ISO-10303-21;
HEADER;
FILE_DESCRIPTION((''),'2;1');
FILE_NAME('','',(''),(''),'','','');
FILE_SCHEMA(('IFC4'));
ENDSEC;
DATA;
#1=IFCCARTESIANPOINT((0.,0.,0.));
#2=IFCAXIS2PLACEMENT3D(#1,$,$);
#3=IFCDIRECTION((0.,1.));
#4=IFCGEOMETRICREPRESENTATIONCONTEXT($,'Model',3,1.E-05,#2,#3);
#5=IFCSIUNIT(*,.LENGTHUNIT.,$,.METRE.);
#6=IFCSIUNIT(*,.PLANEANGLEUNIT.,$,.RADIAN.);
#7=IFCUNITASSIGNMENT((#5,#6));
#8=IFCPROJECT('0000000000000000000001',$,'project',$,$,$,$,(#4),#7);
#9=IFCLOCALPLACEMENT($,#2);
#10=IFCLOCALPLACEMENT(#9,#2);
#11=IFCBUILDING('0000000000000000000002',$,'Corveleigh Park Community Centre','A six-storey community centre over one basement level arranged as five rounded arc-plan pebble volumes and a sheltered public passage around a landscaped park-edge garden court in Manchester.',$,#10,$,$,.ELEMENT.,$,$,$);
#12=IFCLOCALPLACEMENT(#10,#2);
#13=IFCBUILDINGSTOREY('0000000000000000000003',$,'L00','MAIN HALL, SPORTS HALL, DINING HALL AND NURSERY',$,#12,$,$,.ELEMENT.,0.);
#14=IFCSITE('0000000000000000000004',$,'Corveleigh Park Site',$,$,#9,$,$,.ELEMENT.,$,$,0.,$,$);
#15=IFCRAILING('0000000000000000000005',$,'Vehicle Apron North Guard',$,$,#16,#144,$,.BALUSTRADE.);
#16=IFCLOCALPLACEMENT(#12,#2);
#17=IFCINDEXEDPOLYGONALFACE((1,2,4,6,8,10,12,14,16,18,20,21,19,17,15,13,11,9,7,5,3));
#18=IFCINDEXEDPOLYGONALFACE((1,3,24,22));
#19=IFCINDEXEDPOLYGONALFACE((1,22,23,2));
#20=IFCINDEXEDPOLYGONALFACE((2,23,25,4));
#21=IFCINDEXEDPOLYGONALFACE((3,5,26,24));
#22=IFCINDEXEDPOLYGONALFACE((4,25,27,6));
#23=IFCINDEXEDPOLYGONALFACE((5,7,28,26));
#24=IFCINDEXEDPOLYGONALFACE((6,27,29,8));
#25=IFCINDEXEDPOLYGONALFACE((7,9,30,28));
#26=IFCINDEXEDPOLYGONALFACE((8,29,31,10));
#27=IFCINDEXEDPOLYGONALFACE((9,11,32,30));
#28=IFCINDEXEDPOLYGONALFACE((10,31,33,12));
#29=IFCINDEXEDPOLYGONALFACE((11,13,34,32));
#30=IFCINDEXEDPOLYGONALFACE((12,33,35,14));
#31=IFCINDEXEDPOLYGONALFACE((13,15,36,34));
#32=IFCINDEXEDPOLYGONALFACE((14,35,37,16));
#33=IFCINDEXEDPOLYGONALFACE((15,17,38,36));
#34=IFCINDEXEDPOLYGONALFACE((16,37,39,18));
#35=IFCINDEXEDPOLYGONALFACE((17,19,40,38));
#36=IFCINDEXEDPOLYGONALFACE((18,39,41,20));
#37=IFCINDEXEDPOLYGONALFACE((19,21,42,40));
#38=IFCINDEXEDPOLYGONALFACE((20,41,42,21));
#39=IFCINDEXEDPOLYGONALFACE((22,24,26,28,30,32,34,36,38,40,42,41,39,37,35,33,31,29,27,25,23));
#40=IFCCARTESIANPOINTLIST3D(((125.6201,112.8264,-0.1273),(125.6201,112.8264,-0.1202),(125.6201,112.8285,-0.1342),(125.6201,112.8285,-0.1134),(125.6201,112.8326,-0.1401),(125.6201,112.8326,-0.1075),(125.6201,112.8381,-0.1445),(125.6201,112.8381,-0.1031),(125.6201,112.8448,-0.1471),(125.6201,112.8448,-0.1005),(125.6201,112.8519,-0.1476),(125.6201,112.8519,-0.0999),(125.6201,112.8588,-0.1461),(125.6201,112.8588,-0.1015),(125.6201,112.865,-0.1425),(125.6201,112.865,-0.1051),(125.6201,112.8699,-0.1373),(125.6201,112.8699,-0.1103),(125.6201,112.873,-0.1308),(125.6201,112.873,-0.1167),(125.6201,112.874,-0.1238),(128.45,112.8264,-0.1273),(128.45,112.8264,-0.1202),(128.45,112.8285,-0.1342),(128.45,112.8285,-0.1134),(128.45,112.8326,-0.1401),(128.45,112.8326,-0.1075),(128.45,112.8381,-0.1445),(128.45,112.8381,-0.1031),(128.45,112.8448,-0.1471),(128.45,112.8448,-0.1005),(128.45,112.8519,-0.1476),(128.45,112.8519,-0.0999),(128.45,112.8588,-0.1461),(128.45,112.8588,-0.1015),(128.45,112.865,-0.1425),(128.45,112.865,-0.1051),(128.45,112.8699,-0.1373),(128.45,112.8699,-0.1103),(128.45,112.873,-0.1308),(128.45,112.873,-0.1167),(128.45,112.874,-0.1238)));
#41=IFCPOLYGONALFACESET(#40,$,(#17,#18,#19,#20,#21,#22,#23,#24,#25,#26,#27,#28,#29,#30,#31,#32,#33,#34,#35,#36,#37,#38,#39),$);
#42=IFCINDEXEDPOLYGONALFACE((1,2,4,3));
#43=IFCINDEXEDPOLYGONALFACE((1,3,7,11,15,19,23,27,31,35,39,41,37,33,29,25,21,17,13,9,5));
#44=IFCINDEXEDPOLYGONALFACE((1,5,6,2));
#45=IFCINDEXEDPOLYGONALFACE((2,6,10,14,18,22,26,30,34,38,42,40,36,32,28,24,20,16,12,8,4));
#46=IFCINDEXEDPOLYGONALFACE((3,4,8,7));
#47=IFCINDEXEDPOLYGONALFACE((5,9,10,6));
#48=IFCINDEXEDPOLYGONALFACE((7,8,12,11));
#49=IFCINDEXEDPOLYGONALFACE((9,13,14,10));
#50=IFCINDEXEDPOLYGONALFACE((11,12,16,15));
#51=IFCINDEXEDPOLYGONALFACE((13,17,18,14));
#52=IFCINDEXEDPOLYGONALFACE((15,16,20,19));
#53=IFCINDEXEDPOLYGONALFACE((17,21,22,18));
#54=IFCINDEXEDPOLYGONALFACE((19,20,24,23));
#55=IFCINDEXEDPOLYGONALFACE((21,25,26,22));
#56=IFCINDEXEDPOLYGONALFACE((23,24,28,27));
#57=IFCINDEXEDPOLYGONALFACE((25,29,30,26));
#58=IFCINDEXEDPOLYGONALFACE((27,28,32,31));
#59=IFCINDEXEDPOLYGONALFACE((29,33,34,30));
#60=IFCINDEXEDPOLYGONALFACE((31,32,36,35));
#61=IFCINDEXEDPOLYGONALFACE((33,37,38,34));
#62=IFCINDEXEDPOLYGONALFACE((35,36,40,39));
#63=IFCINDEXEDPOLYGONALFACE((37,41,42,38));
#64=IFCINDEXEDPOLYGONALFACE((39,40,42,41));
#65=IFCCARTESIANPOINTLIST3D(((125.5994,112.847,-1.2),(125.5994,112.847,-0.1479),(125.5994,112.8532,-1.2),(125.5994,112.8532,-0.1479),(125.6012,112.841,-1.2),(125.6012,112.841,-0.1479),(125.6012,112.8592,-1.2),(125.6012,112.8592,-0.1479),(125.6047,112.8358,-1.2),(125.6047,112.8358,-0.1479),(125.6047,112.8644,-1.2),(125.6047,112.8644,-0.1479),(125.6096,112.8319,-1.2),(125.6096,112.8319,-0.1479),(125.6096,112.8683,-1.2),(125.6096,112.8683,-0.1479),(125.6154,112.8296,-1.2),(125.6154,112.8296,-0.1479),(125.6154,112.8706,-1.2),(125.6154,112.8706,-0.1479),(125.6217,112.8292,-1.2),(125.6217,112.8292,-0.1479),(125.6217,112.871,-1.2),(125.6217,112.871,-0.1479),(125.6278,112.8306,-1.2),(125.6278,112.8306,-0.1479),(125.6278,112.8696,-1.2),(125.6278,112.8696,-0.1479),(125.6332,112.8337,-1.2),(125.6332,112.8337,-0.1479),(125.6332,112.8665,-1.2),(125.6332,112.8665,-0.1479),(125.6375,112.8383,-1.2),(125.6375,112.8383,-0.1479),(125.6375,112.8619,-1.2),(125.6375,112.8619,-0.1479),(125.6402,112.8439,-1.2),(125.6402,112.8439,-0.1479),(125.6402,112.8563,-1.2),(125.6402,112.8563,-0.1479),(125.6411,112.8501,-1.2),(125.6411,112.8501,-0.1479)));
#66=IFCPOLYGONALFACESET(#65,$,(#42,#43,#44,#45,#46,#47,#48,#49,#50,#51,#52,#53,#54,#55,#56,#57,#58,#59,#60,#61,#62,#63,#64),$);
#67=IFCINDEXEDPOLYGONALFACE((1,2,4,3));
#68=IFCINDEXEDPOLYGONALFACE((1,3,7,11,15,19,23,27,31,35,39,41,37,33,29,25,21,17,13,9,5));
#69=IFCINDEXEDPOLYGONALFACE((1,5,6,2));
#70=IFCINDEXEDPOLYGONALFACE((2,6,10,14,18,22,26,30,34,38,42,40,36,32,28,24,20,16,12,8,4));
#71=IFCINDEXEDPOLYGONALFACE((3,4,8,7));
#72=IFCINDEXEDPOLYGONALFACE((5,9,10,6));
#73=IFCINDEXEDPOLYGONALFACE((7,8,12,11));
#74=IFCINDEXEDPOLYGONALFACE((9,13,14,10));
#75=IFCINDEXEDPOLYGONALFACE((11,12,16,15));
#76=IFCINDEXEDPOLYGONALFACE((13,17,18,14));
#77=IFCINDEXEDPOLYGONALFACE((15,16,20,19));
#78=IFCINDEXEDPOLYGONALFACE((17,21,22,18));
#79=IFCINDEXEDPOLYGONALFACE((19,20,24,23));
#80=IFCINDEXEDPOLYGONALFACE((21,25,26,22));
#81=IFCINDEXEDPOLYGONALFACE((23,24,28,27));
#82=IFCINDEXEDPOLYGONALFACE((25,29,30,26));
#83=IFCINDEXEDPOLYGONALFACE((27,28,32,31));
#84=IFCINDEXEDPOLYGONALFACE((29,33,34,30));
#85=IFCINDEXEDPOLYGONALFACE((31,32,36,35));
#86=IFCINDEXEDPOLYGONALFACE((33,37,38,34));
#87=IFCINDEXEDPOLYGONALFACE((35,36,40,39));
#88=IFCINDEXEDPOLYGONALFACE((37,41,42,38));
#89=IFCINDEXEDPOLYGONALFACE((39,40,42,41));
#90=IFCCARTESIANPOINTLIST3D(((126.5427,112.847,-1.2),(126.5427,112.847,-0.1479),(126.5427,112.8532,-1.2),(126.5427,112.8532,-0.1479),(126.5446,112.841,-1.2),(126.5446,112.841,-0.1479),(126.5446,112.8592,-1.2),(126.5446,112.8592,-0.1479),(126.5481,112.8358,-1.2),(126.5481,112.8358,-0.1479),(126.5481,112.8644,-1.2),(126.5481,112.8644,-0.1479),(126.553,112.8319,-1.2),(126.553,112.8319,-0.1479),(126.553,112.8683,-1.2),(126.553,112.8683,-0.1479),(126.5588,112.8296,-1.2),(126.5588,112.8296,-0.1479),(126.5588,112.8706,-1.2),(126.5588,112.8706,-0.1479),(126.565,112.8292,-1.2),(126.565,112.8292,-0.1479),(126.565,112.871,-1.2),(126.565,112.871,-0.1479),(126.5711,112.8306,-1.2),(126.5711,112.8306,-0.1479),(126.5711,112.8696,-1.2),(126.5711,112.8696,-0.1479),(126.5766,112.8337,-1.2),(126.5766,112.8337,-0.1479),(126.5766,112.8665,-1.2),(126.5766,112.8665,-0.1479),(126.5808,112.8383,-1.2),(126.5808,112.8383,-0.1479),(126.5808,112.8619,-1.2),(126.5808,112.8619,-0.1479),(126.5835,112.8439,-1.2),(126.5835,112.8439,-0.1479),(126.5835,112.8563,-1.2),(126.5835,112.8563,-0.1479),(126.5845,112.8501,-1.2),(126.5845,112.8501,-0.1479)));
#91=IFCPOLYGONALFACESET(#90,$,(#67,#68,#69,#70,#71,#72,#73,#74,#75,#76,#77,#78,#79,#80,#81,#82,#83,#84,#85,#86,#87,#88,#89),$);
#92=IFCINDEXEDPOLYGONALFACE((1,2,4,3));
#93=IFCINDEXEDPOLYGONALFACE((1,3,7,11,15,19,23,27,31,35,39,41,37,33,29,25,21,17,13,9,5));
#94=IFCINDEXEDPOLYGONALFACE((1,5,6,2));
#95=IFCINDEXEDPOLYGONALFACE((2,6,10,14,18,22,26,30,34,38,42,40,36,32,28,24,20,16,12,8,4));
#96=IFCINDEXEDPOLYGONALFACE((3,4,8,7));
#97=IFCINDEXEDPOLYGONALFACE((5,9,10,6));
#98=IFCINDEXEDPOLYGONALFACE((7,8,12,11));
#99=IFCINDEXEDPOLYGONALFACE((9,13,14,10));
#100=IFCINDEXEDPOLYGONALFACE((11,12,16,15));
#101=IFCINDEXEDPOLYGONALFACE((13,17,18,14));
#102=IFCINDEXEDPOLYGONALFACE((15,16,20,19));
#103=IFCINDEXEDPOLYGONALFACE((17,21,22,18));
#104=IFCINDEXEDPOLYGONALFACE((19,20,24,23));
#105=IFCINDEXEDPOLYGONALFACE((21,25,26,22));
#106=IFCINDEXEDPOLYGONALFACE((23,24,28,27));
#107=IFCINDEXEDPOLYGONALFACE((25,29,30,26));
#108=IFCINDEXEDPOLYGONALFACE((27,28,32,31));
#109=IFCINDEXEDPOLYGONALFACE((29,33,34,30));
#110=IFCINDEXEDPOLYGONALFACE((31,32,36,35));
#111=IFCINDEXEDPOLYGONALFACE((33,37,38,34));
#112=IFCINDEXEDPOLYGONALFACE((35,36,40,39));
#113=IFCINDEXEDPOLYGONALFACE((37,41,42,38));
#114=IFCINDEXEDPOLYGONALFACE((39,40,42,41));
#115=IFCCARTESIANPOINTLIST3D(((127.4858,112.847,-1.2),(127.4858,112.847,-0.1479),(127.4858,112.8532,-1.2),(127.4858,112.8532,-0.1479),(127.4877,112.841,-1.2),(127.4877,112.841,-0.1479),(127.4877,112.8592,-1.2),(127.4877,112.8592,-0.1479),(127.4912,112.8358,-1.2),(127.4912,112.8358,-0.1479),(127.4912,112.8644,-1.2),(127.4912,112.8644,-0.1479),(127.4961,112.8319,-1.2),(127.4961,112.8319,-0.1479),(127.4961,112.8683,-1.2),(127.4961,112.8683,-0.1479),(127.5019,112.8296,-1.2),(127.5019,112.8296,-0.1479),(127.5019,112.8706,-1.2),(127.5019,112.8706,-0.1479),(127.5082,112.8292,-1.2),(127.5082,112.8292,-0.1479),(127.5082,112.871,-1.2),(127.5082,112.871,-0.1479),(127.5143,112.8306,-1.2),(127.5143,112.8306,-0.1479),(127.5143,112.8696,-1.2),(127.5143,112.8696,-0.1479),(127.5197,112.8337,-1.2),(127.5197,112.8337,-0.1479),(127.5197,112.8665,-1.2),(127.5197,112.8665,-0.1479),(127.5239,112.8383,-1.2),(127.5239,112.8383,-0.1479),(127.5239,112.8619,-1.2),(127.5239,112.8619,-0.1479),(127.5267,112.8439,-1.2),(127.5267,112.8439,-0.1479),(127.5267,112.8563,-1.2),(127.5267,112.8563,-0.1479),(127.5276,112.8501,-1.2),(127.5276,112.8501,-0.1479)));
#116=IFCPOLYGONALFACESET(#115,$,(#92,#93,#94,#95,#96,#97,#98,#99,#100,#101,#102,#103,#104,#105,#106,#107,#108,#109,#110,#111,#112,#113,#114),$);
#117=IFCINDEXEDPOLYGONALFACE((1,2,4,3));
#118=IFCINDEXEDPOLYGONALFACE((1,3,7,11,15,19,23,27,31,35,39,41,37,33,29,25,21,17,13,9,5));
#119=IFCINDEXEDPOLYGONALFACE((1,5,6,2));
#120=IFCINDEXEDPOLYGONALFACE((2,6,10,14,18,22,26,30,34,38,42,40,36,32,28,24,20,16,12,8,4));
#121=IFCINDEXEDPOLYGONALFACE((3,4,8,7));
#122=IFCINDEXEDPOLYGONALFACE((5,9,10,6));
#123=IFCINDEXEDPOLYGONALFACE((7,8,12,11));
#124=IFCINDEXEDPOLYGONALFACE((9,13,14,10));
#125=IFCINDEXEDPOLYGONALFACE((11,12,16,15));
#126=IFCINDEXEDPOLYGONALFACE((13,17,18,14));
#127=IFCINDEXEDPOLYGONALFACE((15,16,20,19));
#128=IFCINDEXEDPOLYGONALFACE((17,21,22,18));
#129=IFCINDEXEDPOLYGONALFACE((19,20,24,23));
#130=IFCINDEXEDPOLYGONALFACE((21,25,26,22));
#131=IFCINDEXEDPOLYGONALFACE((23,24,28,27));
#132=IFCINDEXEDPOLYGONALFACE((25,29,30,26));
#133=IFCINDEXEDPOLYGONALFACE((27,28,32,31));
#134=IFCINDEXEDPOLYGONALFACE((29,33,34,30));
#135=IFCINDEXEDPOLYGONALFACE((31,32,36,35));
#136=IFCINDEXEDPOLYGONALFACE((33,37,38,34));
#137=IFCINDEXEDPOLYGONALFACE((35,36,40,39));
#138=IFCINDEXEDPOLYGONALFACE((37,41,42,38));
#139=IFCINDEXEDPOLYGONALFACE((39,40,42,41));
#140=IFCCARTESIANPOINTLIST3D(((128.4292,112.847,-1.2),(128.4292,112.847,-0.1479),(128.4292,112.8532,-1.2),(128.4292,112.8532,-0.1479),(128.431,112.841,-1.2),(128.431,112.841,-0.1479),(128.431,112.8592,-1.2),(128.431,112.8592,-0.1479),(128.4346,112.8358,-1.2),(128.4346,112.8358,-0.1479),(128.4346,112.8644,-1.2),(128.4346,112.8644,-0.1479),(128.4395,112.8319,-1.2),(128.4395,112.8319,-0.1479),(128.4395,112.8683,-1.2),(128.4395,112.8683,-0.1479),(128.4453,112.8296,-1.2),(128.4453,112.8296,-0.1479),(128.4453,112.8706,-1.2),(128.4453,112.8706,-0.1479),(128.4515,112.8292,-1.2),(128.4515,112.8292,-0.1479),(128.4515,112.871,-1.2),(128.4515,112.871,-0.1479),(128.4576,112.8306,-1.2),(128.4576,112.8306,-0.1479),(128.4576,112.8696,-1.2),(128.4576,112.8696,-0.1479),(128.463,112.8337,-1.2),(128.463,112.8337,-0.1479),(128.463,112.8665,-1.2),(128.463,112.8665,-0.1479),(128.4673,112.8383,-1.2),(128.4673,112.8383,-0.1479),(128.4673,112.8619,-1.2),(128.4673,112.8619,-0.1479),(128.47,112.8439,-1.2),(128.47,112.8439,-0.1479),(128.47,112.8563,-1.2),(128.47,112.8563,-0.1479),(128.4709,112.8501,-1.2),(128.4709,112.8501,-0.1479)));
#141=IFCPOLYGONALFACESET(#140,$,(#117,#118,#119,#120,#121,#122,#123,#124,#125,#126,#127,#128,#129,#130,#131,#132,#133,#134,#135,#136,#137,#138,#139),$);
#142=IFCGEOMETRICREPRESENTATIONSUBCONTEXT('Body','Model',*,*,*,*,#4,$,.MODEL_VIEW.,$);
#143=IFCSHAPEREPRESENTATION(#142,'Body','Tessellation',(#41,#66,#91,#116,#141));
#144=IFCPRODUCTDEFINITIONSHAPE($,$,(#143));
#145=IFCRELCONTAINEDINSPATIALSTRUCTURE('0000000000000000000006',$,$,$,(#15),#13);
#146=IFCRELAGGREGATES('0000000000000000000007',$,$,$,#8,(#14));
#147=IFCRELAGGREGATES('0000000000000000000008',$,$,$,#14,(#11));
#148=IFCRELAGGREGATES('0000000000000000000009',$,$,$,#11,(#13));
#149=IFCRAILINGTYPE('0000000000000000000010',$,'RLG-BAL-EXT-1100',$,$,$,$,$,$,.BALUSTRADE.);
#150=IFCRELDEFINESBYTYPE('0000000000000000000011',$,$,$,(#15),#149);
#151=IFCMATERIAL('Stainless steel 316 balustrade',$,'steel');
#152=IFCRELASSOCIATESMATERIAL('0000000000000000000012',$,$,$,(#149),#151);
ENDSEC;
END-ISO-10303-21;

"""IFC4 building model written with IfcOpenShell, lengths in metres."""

from ifc_helpers import new_model, si_unit, direction, frame, origin, origin_2d, place, context, subcontext, project, spatial, circle, extrude, material, type_object, element, save


model = new_model("IFC4")

# Units and contexts
model_context = context("Model", 3, precision=1e-05, world=origin(), true_north=direction((0.0, 1.0)))
body_context = subcontext(model_context, "Body", "Model", "MODEL_VIEW")
ifc_project = project(units=[si_unit("LENGTHUNIT", "METRE"), si_unit("PLANEANGLEUNIT", "RADIAN")], contexts=[model_context])

# Site, building, storey
site_placement = place(None, origin())
site = spatial("IfcSite", under=ifc_project, at=site_placement, Name="Corveleigh Park Site", CompositionType="ELEMENT", RefElevation=0.0)
building_placement = place(site_placement, origin())
building = spatial("IfcBuilding", under=site, at=building_placement, Name="Corveleigh Park Community Centre", Description="A six-storey community centre over one basement level arranged as five rounded arc-plan pebble volumes and a sheltered public passage around a landscaped park-edge garden court in Manchester.", CompositionType="ELEMENT")
storey_placement = place(building_placement, origin())
storey = spatial("IfcBuildingStorey", under=building, at=storey_placement, Name="L00", Description="MAIN HALL, SPORTS HALL, DINING HALL AND NURSERY", CompositionType="ELEMENT", Elevation=0.0)

# Railing
ifc_material_1 = material(Name="Stainless steel 316 balustrade", Category="steel")
railing_type = type_object("IfcRailingType", Name="RLG-BAL-EXT-1100", PredefinedType="BALUSTRADE", material=ifc_material_1)
for number, where, name in (
    (1, (125.6201, 112.8501, -1.2), "Vehicle Apron North Guard"),
):
    element("IfcRailing", number, at=place(storey_placement, frame(where)), inside=storey, type_object=railing_type, Name=name, PredefinedType="BALUSTRADE", context=body_context, shape_type="SweptSolid", body=[
        extrude(circle(Radius=0.0239, at=origin_2d()), frame((0.0, 0.0, 1.0762), z_axis=(1.0, 0.0, 0.0), x_axis=(0.0, 1.0, 0.0)), (0.0, 0.0, 1.0), 2.8298),
        extrude(circle(Radius=0.021, at=origin_2d()), origin(), (0.0, 0.0, 1.0), 1.052),
        extrude(circle(Radius=0.021, at=origin_2d()), frame((0.9434, 0.0, 0.0)), (0.0, 0.0, 1.0), 1.052),
        extrude(circle(Radius=0.021, at=origin_2d()), frame((1.8865, 0.0, 0.0)), (0.0, 0.0, 1.0), 1.052),
        extrude(circle(Radius=0.021, at=origin_2d()), frame((2.8298, 0.0, 0.0)), (0.0, 0.0, 1.0), 1.052),
    ])

save(model, "model.ifc")
